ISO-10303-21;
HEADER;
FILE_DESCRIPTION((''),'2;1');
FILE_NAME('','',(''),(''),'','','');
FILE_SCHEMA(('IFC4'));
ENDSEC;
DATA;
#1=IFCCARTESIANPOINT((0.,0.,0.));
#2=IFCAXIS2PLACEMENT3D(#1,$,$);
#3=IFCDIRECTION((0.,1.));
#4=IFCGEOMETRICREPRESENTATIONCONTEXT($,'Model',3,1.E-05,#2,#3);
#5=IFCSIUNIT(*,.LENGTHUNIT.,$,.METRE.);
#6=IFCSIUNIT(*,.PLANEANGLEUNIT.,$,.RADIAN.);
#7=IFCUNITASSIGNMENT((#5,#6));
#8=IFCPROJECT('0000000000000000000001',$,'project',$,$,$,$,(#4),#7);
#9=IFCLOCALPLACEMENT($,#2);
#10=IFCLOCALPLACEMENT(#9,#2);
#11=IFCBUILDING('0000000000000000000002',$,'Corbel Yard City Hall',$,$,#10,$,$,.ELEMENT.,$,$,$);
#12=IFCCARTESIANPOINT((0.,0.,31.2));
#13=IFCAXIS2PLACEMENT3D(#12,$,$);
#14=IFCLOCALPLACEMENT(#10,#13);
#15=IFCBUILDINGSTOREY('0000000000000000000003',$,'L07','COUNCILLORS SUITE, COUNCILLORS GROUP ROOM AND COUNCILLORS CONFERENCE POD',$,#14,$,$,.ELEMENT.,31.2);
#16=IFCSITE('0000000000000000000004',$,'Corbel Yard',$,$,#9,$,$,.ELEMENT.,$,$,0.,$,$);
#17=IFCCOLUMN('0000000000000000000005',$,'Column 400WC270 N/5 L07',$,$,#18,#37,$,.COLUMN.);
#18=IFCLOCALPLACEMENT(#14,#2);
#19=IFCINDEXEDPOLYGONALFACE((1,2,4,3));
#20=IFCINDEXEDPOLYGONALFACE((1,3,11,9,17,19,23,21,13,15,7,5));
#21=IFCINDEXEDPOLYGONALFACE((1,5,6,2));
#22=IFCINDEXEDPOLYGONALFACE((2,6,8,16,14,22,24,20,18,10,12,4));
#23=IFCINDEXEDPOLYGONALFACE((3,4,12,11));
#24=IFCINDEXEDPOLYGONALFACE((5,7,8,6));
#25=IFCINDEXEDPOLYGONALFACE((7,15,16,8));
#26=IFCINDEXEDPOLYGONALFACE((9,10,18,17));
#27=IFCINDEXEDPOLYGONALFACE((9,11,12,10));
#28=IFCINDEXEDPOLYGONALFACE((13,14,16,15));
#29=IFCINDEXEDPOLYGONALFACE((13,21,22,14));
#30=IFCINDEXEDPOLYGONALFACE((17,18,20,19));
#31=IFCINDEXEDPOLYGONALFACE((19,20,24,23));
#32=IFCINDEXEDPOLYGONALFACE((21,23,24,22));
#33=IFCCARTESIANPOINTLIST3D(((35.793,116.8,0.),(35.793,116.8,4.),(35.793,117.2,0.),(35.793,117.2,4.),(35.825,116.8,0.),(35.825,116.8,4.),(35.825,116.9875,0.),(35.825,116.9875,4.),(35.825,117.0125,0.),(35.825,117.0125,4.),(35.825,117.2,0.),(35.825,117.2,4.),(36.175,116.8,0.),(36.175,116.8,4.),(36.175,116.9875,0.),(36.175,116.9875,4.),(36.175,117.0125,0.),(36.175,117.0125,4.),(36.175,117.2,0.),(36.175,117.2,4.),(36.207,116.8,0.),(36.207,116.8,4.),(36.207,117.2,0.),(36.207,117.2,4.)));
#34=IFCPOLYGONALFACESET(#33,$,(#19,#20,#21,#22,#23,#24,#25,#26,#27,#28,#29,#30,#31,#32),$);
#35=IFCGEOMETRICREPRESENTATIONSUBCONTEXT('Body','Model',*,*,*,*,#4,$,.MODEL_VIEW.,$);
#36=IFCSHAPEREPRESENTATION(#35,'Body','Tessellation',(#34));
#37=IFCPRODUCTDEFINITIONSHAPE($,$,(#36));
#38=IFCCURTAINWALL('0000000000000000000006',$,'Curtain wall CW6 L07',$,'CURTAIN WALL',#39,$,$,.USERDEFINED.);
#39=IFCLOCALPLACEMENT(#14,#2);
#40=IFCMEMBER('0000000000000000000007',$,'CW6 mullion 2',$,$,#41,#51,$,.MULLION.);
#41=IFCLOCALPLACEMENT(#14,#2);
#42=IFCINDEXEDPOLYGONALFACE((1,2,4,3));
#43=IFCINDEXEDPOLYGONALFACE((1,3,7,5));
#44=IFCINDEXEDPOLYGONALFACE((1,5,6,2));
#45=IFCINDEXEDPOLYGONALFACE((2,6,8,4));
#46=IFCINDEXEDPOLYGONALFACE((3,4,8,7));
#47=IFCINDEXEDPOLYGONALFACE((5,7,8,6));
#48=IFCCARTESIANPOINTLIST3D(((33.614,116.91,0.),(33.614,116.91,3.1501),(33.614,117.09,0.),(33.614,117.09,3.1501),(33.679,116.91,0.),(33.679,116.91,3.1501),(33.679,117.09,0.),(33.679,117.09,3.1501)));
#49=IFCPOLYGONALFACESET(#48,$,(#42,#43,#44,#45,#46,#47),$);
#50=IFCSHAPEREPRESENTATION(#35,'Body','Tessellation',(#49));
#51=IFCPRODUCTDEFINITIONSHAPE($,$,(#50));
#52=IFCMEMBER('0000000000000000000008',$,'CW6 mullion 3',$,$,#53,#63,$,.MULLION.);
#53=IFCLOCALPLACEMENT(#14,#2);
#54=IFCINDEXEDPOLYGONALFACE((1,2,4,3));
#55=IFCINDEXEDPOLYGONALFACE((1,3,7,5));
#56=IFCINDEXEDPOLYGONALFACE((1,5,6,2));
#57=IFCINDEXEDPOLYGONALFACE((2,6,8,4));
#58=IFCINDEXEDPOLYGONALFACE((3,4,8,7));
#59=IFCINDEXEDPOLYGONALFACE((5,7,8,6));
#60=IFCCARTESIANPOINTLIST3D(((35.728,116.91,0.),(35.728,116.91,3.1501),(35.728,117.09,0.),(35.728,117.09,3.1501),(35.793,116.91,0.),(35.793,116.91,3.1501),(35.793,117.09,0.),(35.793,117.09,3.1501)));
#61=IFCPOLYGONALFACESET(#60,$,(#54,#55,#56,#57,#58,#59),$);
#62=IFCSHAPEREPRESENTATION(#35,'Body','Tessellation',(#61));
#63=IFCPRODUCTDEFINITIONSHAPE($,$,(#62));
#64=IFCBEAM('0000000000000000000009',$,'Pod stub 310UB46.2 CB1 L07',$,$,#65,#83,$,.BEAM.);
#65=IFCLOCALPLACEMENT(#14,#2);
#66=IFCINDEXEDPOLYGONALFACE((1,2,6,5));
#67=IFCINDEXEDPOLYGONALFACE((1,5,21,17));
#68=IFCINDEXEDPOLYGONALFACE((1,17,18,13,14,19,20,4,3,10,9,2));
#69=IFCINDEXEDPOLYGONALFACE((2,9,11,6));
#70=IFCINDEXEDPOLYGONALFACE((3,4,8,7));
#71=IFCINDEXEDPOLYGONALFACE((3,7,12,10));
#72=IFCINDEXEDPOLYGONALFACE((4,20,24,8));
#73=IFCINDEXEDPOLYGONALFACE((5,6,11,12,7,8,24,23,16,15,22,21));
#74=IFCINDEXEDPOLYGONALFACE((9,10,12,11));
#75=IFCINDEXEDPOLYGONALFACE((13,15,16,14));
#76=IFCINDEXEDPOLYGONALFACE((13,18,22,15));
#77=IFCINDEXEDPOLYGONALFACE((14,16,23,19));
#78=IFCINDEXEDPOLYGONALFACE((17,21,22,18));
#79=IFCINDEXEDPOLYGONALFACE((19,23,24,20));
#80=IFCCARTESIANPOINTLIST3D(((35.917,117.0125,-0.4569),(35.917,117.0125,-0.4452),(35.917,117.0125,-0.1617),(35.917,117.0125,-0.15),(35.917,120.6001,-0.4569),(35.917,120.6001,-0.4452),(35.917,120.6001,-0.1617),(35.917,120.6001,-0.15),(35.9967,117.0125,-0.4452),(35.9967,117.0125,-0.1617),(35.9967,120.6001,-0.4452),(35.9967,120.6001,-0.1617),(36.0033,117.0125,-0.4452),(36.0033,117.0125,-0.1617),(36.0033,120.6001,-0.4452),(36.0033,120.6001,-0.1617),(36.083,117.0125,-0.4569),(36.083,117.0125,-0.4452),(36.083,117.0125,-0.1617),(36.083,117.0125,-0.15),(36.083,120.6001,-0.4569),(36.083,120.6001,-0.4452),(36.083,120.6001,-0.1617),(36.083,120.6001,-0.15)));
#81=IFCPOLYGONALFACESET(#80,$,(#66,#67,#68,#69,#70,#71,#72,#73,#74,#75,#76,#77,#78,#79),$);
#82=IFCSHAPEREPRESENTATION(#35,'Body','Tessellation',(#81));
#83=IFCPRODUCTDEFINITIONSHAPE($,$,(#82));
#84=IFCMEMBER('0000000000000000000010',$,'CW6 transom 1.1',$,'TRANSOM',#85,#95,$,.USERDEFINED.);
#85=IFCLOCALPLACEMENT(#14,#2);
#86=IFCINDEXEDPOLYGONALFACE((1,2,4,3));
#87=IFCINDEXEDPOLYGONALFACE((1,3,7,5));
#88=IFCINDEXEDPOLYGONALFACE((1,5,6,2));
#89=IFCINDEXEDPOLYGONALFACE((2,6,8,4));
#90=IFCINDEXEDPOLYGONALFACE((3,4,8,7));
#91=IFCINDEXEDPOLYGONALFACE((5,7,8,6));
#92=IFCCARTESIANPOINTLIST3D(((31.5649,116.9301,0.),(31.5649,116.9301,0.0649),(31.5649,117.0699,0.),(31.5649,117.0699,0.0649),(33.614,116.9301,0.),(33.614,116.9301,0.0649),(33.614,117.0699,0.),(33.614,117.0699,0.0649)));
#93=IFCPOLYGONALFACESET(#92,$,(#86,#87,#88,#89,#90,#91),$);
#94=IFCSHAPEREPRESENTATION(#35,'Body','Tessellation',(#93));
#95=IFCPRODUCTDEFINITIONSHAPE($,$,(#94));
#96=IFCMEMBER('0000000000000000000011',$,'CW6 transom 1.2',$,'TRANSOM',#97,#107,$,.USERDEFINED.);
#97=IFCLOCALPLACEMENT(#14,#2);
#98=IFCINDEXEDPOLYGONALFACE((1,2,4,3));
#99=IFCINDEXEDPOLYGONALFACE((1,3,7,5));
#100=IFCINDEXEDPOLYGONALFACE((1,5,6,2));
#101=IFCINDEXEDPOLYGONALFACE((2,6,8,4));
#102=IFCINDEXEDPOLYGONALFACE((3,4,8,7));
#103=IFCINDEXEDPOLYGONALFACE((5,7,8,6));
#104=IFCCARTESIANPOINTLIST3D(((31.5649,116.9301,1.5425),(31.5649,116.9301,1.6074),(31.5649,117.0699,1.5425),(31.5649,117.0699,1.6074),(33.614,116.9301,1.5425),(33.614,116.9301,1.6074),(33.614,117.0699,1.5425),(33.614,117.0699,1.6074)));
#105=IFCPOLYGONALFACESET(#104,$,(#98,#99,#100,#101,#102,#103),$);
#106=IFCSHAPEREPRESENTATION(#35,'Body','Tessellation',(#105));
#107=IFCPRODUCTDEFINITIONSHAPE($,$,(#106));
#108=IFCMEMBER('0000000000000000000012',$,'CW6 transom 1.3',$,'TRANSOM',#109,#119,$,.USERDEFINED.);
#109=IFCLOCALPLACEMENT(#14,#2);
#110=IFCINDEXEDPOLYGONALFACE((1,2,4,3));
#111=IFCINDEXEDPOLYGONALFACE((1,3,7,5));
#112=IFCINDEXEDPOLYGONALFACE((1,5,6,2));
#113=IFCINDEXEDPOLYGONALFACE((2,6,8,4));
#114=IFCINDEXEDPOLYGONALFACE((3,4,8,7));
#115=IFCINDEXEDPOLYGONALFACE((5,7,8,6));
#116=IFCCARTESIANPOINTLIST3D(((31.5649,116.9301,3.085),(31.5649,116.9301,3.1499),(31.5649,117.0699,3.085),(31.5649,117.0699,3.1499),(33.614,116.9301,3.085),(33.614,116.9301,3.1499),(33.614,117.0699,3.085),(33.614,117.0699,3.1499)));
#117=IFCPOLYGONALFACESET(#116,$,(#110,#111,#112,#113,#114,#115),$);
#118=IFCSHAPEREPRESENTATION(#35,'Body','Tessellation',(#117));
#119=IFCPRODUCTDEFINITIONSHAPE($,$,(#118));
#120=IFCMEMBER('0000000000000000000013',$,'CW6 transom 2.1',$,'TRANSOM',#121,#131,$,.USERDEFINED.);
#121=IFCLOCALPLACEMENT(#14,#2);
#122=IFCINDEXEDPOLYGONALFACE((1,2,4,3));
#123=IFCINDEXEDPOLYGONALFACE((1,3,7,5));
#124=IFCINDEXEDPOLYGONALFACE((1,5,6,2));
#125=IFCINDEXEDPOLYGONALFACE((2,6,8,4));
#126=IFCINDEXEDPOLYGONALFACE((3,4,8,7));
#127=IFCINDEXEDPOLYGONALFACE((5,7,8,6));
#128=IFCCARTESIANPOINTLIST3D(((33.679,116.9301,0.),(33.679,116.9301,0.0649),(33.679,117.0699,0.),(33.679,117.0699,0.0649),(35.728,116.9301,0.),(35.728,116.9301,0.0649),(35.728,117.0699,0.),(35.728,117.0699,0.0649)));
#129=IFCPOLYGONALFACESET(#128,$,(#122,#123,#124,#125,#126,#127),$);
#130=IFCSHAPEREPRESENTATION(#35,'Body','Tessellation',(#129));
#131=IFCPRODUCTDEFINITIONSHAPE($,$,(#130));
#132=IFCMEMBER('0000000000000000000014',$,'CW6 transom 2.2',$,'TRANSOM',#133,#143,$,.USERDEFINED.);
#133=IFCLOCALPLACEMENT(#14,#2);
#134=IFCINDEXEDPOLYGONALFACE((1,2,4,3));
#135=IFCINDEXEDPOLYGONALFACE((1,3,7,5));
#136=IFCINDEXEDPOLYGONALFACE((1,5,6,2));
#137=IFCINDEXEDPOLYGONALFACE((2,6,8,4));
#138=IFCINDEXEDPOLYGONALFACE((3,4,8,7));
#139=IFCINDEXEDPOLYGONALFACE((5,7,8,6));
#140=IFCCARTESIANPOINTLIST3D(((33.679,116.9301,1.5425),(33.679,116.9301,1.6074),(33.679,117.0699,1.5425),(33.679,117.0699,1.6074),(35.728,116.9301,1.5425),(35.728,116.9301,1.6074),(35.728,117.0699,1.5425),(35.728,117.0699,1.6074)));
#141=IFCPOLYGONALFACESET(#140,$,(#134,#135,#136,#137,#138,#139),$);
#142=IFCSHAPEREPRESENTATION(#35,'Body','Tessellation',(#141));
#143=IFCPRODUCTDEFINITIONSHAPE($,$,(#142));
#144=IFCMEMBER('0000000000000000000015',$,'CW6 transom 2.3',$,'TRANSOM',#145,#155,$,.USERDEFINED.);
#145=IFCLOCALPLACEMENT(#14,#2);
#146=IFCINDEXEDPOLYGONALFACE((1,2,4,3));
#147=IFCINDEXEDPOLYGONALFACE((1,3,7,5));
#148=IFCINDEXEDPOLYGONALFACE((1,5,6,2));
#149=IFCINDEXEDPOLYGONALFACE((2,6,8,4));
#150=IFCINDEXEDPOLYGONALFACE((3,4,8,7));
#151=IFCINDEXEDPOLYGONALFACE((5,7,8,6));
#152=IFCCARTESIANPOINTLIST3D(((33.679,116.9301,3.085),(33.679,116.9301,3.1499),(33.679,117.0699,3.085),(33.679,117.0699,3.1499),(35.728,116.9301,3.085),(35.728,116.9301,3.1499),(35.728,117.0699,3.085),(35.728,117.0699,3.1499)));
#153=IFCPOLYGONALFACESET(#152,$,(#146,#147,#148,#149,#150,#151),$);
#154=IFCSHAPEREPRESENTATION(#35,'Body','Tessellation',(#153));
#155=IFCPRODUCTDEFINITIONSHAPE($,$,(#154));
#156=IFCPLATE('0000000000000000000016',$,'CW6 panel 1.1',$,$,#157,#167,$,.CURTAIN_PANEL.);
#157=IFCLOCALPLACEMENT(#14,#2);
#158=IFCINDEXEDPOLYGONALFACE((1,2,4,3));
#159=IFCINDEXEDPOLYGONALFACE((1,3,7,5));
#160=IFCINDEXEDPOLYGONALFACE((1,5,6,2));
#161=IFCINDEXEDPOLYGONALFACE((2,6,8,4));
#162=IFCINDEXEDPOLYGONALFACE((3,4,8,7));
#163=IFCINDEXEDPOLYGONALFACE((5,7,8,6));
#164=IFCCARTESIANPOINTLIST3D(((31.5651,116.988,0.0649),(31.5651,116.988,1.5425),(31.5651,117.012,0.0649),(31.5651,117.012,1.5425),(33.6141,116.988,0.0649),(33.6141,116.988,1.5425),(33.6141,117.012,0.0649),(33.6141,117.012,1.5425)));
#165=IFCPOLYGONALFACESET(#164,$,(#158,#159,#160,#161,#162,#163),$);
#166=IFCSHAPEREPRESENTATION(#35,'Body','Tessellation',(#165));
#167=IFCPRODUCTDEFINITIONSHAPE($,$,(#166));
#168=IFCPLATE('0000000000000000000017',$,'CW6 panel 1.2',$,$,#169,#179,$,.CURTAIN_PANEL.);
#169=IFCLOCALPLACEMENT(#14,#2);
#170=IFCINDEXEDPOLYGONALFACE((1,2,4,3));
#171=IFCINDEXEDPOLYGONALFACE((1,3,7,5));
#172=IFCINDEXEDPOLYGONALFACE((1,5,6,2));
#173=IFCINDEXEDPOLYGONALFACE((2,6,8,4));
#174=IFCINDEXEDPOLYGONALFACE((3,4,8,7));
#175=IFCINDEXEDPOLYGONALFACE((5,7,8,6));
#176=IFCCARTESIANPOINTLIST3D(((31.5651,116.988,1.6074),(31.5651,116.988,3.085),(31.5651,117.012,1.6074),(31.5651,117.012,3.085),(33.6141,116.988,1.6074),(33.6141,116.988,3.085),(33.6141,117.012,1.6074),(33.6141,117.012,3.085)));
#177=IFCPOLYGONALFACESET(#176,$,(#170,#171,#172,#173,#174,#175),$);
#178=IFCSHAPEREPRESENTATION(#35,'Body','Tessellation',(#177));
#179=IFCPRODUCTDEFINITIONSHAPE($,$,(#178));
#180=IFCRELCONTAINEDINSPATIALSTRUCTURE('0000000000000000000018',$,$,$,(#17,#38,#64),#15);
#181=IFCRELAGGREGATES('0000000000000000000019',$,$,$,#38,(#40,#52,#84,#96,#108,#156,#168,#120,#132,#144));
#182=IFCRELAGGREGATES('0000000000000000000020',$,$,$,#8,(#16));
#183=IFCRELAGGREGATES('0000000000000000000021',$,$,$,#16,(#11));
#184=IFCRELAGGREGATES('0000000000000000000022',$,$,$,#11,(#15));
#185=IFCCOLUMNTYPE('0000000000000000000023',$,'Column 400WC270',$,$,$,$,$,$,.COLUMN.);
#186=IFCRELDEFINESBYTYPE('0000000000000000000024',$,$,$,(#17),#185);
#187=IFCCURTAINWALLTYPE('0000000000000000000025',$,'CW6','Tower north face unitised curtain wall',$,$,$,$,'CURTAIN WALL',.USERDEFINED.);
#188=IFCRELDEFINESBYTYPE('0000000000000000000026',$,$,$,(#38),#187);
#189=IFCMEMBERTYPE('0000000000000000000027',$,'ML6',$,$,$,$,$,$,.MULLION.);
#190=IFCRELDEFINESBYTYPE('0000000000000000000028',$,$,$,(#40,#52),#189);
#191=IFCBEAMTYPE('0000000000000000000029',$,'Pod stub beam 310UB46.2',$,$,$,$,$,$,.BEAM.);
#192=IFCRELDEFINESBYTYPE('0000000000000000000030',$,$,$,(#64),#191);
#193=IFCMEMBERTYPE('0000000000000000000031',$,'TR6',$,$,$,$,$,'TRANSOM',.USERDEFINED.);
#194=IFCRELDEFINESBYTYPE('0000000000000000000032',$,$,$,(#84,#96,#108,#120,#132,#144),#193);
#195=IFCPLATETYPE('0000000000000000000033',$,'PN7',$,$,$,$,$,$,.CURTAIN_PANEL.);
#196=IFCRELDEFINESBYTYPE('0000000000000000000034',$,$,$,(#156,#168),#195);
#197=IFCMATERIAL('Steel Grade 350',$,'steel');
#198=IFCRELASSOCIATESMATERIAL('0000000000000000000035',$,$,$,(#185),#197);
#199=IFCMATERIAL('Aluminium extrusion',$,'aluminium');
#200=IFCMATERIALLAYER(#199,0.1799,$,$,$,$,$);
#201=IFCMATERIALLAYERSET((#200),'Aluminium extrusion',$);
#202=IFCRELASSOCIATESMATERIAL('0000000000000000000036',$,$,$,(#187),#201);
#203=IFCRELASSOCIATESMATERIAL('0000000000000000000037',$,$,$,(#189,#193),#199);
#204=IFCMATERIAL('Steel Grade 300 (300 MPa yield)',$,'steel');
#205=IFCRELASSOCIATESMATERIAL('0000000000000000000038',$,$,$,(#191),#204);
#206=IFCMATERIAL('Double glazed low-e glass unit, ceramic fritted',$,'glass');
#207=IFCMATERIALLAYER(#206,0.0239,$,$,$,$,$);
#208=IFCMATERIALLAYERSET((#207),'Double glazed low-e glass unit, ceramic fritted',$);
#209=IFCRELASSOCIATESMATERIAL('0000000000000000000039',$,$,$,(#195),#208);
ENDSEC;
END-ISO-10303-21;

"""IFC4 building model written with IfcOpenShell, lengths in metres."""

from ifc_helpers import new_model, si_unit, direction, frame, origin, origin_2d, place, context, subcontext, project, spatial, rectangle, i_section, extrude, material, layer, layer_set, material_profile, profile_set, type_object, element, aggregate, save


model = new_model("IFC4")

# Units and contexts
model_context = context("Model", 3, precision=1e-05, world=origin(), true_north=direction((0.0, 1.0)))
body_context = subcontext(model_context, "Body", "Model", "MODEL_VIEW")
ifc_project = project(units=[si_unit("LENGTHUNIT", "METRE"), si_unit("PLANEANGLEUNIT", "RADIAN")], contexts=[model_context])

# Site, building, storey
site_placement = place(None, origin())
site = spatial("IfcSite", under=ifc_project, at=site_placement, Name="Corbel Yard", CompositionType="ELEMENT", RefElevation=0.0)
building_placement = place(site_placement, origin())
building = spatial("IfcBuilding", under=site, at=building_placement, Name="Corbel Yard City Hall", CompositionType="ELEMENT")
storey_placement = place(building_placement, frame((0.0, 0.0, 31.2)))
storey = spatial("IfcBuildingStorey", under=building, at=storey_placement, Name="L07", Description="COUNCILLORS SUITE, COUNCILLORS GROUP ROOM AND COUNCILLORS CONFERENCE POD", CompositionType="ELEMENT", Elevation=31.2)

# Column
ifc_material_1 = material(Name="Steel Grade 350", Category="steel")
ifc_material_profile_1 = material_profile(ifc_material_1, i_section(OverallWidth=0.3999, OverallDepth=0.4141, WebThickness=0.0249, FlangeThickness=0.032, at=origin_2d()), Name="400WC270")
ifc_profile_set_1 = profile_set([ifc_material_profile_1], Name="Steel Grade 350")
column_type = type_object("IfcColumnType", Name="Column 400WC270", PredefinedType="COLUMN", material=ifc_profile_set_1)
column_placement = place(storey_placement, frame((36.0, 117.0, 0.0), z_axis=(0.0, 0.0, 1.0), x_axis=(0.0, 1.0, 0.0)))
element("IfcColumn", 1, at=column_placement, inside=storey, type_object=column_type, Name="Column 400WC270 N/5 L07", PredefinedType="COLUMN", context=body_context, shape_type="SweptSolid", body=[
    extrude(i_section(OverallWidth=0.3999, OverallDepth=0.4141, WebThickness=0.0249, FlangeThickness=0.032, at=origin_2d()), origin(), (0.0, 0.0, 1.0), 4.0),
])

# Curtain wall, members
ifc_material_2 = material(Name="Aluminium extrusion", Category="aluminium")
ifc_layer_1 = layer(ifc_material_2, 0.1799)
ifc_layer_set_1 = layer_set([ifc_layer_1], Name="Aluminium extrusion")
curtain_wall_type = type_object("IfcCurtainWallType", Name="CW6", Description="Tower north face unitised curtain wall", ElementType="CURTAIN WALL", PredefinedType="USERDEFINED", material=ifc_layer_set_1)
curtain_wall_placement = place(storey_placement, origin())
curtain_wall = element("IfcCurtainWall", 2, at=curtain_wall_placement, inside=storey, type_object=curtain_wall_type, Name="Curtain wall CW6 L07", ObjectType="CURTAIN WALL", PredefinedType="USERDEFINED")
ifc_material_profile_2 = material_profile(ifc_material_2, rectangle(XDim=0.1799, YDim=0.0649, at=origin_2d()), Name="180x65")
ifc_profile_set_2 = profile_set([ifc_material_profile_2], Name="Aluminium extrusion")
member_type_1 = type_object("IfcMemberType", Name="ML6", PredefinedType="MULLION", material=ifc_profile_set_2)
member_1_placement = place(storey_placement, frame((33.6465, 117.0, 0.0), z_axis=(0.0, 0.0, 1.0), x_axis=(0.0, 1.0, 0.0)))
member_1 = element("IfcMember", 3, at=member_1_placement, type_object=member_type_1, Name="CW6 mullion 2", PredefinedType="MULLION", context=body_context, shape_type="SweptSolid", body=[
    extrude(rectangle(XDim=0.1799, YDim=0.0649, at=origin_2d()), origin(), (0.0, 0.0, 1.0), 3.1501),
])
member_2_placement = place(storey_placement, frame((35.7605, 117.0, 0.0), z_axis=(0.0, 0.0, 1.0), x_axis=(0.0, 1.0, 0.0)))
member_2 = element("IfcMember", 4, at=member_2_placement, type_object=member_type_1, Name="CW6 mullion 3", PredefinedType="MULLION", context=body_context, shape_type="SweptSolid", body=[
    extrude(rectangle(XDim=0.1799, YDim=0.0649, at=origin_2d()), origin(), (0.0, 0.0, 1.0), 3.1501),
])

# Beam
ifc_material_3 = material(Name="Steel Grade 300 (300 MPa yield)", Category="steel")
ifc_material_profile_3 = material_profile(ifc_material_3, i_section(OverallWidth=0.166, OverallDepth=0.3069, WebThickness=0.0066, FlangeThickness=0.0117, at=origin_2d()), Name="310UB46.2")
ifc_profile_set_3 = profile_set([ifc_material_profile_3], Name="Steel Grade 300 (300 MPa yield)")
beam_type = type_object("IfcBeamType", Name="Pod stub beam 310UB46.2", PredefinedType="BEAM", material=ifc_profile_set_3)
beam_placement = place(storey_placement, frame((36.0, 117.0125, -0.3035), z_axis=(0.0, 1.0, 0.0), x_axis=(-1.0, 0.0, 0.0)))
element("IfcBeam", 5, at=beam_placement, inside=storey, type_object=beam_type, Name="Pod stub 310UB46.2 CB1 L07", PredefinedType="BEAM", context=body_context, shape_type="SweptSolid", body=[
    extrude(i_section(OverallWidth=0.166, OverallDepth=0.3069, WebThickness=0.0066, FlangeThickness=0.0117, at=origin_2d()), origin(), (0.0, 0.0, 1.0), 3.5876),
])

# Members
ifc_material_profile_4 = material_profile(ifc_material_2, rectangle(XDim=0.1399, YDim=0.0649, at=origin_2d()), Name="140x65")
ifc_profile_set_4 = profile_set([ifc_material_profile_4], Name="Aluminium extrusion")
member_type_2 = type_object("IfcMemberType", Name="TR6", ElementType="TRANSOM", PredefinedType="USERDEFINED", material=ifc_profile_set_4)
member_3_placement = place(storey_placement, frame((31.5649, 117.0, 0.0325), z_axis=(1.0, 0.0, 0.0), x_axis=(0.0, 1.0, 0.0)))
member_3 = element("IfcMember", 6, at=member_3_placement, type_object=member_type_2, Name="CW6 transom 1.1", ObjectType="TRANSOM", PredefinedType="USERDEFINED", context=body_context, shape_type="SweptSolid", body=[
    extrude(rectangle(XDim=0.1399, YDim=0.0649, at=origin_2d()), origin(), (0.0, 0.0, 1.0), 2.0491),
])
member_4_placement = place(storey_placement, frame((31.5649, 117.0, 1.575), z_axis=(1.0, 0.0, 0.0), x_axis=(0.0, 1.0, 0.0)))
member_4 = element("IfcMember", 7, at=member_4_placement, type_object=member_type_2, Name="CW6 transom 1.2", ObjectType="TRANSOM", PredefinedType="USERDEFINED", context=body_context, shape_type="SweptSolid", body=[
    extrude(rectangle(XDim=0.1399, YDim=0.0649, at=origin_2d()), origin(), (0.0, 0.0, 1.0), 2.0491),
])
member_5_placement = place(storey_placement, frame((31.5649, 117.0, 3.1174), z_axis=(1.0, 0.0, 0.0), x_axis=(0.0, 1.0, 0.0)))
member_5 = element("IfcMember", 8, at=member_5_placement, type_object=member_type_2, Name="CW6 transom 1.3", ObjectType="TRANSOM", PredefinedType="USERDEFINED", context=body_context, shape_type="SweptSolid", body=[
    extrude(rectangle(XDim=0.1399, YDim=0.0649, at=origin_2d()), origin(), (0.0, 0.0, 1.0), 2.0491),
])
member_6_placement = place(storey_placement, frame((33.679, 117.0, 0.0325), z_axis=(1.0, 0.0, 0.0), x_axis=(0.0, 1.0, 0.0)))
member_6 = element("IfcMember", 9, at=member_6_placement, type_object=member_type_2, Name="CW6 transom 2.1", ObjectType="TRANSOM", PredefinedType="USERDEFINED", context=body_context, shape_type="SweptSolid", body=[
    extrude(rectangle(XDim=0.1399, YDim=0.0649, at=origin_2d()), origin(), (0.0, 0.0, 1.0), 2.0491),
])
member_7_placement = place(storey_placement, frame((33.679, 117.0, 1.575), z_axis=(1.0, 0.0, 0.0), x_axis=(0.0, 1.0, 0.0)))
member_7 = element("IfcMember", 10, at=member_7_placement, type_object=member_type_2, Name="CW6 transom 2.2", ObjectType="TRANSOM", PredefinedType="USERDEFINED", context=body_context, shape_type="SweptSolid", body=[
    extrude(rectangle(XDim=0.1399, YDim=0.0649, at=origin_2d()), origin(), (0.0, 0.0, 1.0), 2.0491),
])
member_8_placement = place(storey_placement, frame((33.679, 117.0, 3.1174), z_axis=(1.0, 0.0, 0.0), x_axis=(0.0, 1.0, 0.0)))
member_8 = element("IfcMember", 11, at=member_8_placement, type_object=member_type_2, Name="CW6 transom 2.3", ObjectType="TRANSOM", PredefinedType="USERDEFINED", context=body_context, shape_type="SweptSolid", body=[
    extrude(rectangle(XDim=0.1399, YDim=0.0649, at=origin_2d()), origin(), (0.0, 0.0, 1.0), 2.0491),
])

# Plates
ifc_material_4 = material(Name="Double glazed low-e glass unit, ceramic fritted", Category="glass")
ifc_layer_2 = layer(ifc_material_4, 0.0239)
ifc_layer_set_2 = layer_set([ifc_layer_2], Name="Double glazed low-e glass unit, ceramic fritted")
plate_type = type_object("IfcPlateType", Name="PN7", PredefinedType="CURTAIN_PANEL", material=ifc_layer_set_2)
plate_1_placement = place(storey_placement, frame((32.5896, 117.0, 0.0649), z_axis=(0.0, 0.0, 1.0), x_axis=(1.0, 0.0, 0.0)))
plate_1 = element("IfcPlate", 12, at=plate_1_placement, type_object=plate_type, Name="CW6 panel 1.1", PredefinedType="CURTAIN_PANEL", context=body_context, shape_type="SweptSolid", body=[
    extrude(rectangle(XDim=2.0491, YDim=0.0239, at=origin_2d()), origin(), (0.0, 0.0, 1.0), 1.4775),
])
plate_2_placement = place(storey_placement, frame((32.5896, 117.0, 1.6074), z_axis=(0.0, 0.0, 1.0), x_axis=(1.0, 0.0, 0.0)))
plate_2 = element("IfcPlate", 13, at=plate_2_placement, type_object=plate_type, Name="CW6 panel 1.2", PredefinedType="CURTAIN_PANEL", context=body_context, shape_type="SweptSolid", body=[
    extrude(rectangle(XDim=2.0491, YDim=0.0239, at=origin_2d()), origin(), (0.0, 0.0, 1.0), 1.4775),
])
aggregate(curtain_wall, [member_1, member_2, member_3, member_4, member_5, plate_1, plate_2, member_6, member_7, member_8])

save(model, "model.ifc")
